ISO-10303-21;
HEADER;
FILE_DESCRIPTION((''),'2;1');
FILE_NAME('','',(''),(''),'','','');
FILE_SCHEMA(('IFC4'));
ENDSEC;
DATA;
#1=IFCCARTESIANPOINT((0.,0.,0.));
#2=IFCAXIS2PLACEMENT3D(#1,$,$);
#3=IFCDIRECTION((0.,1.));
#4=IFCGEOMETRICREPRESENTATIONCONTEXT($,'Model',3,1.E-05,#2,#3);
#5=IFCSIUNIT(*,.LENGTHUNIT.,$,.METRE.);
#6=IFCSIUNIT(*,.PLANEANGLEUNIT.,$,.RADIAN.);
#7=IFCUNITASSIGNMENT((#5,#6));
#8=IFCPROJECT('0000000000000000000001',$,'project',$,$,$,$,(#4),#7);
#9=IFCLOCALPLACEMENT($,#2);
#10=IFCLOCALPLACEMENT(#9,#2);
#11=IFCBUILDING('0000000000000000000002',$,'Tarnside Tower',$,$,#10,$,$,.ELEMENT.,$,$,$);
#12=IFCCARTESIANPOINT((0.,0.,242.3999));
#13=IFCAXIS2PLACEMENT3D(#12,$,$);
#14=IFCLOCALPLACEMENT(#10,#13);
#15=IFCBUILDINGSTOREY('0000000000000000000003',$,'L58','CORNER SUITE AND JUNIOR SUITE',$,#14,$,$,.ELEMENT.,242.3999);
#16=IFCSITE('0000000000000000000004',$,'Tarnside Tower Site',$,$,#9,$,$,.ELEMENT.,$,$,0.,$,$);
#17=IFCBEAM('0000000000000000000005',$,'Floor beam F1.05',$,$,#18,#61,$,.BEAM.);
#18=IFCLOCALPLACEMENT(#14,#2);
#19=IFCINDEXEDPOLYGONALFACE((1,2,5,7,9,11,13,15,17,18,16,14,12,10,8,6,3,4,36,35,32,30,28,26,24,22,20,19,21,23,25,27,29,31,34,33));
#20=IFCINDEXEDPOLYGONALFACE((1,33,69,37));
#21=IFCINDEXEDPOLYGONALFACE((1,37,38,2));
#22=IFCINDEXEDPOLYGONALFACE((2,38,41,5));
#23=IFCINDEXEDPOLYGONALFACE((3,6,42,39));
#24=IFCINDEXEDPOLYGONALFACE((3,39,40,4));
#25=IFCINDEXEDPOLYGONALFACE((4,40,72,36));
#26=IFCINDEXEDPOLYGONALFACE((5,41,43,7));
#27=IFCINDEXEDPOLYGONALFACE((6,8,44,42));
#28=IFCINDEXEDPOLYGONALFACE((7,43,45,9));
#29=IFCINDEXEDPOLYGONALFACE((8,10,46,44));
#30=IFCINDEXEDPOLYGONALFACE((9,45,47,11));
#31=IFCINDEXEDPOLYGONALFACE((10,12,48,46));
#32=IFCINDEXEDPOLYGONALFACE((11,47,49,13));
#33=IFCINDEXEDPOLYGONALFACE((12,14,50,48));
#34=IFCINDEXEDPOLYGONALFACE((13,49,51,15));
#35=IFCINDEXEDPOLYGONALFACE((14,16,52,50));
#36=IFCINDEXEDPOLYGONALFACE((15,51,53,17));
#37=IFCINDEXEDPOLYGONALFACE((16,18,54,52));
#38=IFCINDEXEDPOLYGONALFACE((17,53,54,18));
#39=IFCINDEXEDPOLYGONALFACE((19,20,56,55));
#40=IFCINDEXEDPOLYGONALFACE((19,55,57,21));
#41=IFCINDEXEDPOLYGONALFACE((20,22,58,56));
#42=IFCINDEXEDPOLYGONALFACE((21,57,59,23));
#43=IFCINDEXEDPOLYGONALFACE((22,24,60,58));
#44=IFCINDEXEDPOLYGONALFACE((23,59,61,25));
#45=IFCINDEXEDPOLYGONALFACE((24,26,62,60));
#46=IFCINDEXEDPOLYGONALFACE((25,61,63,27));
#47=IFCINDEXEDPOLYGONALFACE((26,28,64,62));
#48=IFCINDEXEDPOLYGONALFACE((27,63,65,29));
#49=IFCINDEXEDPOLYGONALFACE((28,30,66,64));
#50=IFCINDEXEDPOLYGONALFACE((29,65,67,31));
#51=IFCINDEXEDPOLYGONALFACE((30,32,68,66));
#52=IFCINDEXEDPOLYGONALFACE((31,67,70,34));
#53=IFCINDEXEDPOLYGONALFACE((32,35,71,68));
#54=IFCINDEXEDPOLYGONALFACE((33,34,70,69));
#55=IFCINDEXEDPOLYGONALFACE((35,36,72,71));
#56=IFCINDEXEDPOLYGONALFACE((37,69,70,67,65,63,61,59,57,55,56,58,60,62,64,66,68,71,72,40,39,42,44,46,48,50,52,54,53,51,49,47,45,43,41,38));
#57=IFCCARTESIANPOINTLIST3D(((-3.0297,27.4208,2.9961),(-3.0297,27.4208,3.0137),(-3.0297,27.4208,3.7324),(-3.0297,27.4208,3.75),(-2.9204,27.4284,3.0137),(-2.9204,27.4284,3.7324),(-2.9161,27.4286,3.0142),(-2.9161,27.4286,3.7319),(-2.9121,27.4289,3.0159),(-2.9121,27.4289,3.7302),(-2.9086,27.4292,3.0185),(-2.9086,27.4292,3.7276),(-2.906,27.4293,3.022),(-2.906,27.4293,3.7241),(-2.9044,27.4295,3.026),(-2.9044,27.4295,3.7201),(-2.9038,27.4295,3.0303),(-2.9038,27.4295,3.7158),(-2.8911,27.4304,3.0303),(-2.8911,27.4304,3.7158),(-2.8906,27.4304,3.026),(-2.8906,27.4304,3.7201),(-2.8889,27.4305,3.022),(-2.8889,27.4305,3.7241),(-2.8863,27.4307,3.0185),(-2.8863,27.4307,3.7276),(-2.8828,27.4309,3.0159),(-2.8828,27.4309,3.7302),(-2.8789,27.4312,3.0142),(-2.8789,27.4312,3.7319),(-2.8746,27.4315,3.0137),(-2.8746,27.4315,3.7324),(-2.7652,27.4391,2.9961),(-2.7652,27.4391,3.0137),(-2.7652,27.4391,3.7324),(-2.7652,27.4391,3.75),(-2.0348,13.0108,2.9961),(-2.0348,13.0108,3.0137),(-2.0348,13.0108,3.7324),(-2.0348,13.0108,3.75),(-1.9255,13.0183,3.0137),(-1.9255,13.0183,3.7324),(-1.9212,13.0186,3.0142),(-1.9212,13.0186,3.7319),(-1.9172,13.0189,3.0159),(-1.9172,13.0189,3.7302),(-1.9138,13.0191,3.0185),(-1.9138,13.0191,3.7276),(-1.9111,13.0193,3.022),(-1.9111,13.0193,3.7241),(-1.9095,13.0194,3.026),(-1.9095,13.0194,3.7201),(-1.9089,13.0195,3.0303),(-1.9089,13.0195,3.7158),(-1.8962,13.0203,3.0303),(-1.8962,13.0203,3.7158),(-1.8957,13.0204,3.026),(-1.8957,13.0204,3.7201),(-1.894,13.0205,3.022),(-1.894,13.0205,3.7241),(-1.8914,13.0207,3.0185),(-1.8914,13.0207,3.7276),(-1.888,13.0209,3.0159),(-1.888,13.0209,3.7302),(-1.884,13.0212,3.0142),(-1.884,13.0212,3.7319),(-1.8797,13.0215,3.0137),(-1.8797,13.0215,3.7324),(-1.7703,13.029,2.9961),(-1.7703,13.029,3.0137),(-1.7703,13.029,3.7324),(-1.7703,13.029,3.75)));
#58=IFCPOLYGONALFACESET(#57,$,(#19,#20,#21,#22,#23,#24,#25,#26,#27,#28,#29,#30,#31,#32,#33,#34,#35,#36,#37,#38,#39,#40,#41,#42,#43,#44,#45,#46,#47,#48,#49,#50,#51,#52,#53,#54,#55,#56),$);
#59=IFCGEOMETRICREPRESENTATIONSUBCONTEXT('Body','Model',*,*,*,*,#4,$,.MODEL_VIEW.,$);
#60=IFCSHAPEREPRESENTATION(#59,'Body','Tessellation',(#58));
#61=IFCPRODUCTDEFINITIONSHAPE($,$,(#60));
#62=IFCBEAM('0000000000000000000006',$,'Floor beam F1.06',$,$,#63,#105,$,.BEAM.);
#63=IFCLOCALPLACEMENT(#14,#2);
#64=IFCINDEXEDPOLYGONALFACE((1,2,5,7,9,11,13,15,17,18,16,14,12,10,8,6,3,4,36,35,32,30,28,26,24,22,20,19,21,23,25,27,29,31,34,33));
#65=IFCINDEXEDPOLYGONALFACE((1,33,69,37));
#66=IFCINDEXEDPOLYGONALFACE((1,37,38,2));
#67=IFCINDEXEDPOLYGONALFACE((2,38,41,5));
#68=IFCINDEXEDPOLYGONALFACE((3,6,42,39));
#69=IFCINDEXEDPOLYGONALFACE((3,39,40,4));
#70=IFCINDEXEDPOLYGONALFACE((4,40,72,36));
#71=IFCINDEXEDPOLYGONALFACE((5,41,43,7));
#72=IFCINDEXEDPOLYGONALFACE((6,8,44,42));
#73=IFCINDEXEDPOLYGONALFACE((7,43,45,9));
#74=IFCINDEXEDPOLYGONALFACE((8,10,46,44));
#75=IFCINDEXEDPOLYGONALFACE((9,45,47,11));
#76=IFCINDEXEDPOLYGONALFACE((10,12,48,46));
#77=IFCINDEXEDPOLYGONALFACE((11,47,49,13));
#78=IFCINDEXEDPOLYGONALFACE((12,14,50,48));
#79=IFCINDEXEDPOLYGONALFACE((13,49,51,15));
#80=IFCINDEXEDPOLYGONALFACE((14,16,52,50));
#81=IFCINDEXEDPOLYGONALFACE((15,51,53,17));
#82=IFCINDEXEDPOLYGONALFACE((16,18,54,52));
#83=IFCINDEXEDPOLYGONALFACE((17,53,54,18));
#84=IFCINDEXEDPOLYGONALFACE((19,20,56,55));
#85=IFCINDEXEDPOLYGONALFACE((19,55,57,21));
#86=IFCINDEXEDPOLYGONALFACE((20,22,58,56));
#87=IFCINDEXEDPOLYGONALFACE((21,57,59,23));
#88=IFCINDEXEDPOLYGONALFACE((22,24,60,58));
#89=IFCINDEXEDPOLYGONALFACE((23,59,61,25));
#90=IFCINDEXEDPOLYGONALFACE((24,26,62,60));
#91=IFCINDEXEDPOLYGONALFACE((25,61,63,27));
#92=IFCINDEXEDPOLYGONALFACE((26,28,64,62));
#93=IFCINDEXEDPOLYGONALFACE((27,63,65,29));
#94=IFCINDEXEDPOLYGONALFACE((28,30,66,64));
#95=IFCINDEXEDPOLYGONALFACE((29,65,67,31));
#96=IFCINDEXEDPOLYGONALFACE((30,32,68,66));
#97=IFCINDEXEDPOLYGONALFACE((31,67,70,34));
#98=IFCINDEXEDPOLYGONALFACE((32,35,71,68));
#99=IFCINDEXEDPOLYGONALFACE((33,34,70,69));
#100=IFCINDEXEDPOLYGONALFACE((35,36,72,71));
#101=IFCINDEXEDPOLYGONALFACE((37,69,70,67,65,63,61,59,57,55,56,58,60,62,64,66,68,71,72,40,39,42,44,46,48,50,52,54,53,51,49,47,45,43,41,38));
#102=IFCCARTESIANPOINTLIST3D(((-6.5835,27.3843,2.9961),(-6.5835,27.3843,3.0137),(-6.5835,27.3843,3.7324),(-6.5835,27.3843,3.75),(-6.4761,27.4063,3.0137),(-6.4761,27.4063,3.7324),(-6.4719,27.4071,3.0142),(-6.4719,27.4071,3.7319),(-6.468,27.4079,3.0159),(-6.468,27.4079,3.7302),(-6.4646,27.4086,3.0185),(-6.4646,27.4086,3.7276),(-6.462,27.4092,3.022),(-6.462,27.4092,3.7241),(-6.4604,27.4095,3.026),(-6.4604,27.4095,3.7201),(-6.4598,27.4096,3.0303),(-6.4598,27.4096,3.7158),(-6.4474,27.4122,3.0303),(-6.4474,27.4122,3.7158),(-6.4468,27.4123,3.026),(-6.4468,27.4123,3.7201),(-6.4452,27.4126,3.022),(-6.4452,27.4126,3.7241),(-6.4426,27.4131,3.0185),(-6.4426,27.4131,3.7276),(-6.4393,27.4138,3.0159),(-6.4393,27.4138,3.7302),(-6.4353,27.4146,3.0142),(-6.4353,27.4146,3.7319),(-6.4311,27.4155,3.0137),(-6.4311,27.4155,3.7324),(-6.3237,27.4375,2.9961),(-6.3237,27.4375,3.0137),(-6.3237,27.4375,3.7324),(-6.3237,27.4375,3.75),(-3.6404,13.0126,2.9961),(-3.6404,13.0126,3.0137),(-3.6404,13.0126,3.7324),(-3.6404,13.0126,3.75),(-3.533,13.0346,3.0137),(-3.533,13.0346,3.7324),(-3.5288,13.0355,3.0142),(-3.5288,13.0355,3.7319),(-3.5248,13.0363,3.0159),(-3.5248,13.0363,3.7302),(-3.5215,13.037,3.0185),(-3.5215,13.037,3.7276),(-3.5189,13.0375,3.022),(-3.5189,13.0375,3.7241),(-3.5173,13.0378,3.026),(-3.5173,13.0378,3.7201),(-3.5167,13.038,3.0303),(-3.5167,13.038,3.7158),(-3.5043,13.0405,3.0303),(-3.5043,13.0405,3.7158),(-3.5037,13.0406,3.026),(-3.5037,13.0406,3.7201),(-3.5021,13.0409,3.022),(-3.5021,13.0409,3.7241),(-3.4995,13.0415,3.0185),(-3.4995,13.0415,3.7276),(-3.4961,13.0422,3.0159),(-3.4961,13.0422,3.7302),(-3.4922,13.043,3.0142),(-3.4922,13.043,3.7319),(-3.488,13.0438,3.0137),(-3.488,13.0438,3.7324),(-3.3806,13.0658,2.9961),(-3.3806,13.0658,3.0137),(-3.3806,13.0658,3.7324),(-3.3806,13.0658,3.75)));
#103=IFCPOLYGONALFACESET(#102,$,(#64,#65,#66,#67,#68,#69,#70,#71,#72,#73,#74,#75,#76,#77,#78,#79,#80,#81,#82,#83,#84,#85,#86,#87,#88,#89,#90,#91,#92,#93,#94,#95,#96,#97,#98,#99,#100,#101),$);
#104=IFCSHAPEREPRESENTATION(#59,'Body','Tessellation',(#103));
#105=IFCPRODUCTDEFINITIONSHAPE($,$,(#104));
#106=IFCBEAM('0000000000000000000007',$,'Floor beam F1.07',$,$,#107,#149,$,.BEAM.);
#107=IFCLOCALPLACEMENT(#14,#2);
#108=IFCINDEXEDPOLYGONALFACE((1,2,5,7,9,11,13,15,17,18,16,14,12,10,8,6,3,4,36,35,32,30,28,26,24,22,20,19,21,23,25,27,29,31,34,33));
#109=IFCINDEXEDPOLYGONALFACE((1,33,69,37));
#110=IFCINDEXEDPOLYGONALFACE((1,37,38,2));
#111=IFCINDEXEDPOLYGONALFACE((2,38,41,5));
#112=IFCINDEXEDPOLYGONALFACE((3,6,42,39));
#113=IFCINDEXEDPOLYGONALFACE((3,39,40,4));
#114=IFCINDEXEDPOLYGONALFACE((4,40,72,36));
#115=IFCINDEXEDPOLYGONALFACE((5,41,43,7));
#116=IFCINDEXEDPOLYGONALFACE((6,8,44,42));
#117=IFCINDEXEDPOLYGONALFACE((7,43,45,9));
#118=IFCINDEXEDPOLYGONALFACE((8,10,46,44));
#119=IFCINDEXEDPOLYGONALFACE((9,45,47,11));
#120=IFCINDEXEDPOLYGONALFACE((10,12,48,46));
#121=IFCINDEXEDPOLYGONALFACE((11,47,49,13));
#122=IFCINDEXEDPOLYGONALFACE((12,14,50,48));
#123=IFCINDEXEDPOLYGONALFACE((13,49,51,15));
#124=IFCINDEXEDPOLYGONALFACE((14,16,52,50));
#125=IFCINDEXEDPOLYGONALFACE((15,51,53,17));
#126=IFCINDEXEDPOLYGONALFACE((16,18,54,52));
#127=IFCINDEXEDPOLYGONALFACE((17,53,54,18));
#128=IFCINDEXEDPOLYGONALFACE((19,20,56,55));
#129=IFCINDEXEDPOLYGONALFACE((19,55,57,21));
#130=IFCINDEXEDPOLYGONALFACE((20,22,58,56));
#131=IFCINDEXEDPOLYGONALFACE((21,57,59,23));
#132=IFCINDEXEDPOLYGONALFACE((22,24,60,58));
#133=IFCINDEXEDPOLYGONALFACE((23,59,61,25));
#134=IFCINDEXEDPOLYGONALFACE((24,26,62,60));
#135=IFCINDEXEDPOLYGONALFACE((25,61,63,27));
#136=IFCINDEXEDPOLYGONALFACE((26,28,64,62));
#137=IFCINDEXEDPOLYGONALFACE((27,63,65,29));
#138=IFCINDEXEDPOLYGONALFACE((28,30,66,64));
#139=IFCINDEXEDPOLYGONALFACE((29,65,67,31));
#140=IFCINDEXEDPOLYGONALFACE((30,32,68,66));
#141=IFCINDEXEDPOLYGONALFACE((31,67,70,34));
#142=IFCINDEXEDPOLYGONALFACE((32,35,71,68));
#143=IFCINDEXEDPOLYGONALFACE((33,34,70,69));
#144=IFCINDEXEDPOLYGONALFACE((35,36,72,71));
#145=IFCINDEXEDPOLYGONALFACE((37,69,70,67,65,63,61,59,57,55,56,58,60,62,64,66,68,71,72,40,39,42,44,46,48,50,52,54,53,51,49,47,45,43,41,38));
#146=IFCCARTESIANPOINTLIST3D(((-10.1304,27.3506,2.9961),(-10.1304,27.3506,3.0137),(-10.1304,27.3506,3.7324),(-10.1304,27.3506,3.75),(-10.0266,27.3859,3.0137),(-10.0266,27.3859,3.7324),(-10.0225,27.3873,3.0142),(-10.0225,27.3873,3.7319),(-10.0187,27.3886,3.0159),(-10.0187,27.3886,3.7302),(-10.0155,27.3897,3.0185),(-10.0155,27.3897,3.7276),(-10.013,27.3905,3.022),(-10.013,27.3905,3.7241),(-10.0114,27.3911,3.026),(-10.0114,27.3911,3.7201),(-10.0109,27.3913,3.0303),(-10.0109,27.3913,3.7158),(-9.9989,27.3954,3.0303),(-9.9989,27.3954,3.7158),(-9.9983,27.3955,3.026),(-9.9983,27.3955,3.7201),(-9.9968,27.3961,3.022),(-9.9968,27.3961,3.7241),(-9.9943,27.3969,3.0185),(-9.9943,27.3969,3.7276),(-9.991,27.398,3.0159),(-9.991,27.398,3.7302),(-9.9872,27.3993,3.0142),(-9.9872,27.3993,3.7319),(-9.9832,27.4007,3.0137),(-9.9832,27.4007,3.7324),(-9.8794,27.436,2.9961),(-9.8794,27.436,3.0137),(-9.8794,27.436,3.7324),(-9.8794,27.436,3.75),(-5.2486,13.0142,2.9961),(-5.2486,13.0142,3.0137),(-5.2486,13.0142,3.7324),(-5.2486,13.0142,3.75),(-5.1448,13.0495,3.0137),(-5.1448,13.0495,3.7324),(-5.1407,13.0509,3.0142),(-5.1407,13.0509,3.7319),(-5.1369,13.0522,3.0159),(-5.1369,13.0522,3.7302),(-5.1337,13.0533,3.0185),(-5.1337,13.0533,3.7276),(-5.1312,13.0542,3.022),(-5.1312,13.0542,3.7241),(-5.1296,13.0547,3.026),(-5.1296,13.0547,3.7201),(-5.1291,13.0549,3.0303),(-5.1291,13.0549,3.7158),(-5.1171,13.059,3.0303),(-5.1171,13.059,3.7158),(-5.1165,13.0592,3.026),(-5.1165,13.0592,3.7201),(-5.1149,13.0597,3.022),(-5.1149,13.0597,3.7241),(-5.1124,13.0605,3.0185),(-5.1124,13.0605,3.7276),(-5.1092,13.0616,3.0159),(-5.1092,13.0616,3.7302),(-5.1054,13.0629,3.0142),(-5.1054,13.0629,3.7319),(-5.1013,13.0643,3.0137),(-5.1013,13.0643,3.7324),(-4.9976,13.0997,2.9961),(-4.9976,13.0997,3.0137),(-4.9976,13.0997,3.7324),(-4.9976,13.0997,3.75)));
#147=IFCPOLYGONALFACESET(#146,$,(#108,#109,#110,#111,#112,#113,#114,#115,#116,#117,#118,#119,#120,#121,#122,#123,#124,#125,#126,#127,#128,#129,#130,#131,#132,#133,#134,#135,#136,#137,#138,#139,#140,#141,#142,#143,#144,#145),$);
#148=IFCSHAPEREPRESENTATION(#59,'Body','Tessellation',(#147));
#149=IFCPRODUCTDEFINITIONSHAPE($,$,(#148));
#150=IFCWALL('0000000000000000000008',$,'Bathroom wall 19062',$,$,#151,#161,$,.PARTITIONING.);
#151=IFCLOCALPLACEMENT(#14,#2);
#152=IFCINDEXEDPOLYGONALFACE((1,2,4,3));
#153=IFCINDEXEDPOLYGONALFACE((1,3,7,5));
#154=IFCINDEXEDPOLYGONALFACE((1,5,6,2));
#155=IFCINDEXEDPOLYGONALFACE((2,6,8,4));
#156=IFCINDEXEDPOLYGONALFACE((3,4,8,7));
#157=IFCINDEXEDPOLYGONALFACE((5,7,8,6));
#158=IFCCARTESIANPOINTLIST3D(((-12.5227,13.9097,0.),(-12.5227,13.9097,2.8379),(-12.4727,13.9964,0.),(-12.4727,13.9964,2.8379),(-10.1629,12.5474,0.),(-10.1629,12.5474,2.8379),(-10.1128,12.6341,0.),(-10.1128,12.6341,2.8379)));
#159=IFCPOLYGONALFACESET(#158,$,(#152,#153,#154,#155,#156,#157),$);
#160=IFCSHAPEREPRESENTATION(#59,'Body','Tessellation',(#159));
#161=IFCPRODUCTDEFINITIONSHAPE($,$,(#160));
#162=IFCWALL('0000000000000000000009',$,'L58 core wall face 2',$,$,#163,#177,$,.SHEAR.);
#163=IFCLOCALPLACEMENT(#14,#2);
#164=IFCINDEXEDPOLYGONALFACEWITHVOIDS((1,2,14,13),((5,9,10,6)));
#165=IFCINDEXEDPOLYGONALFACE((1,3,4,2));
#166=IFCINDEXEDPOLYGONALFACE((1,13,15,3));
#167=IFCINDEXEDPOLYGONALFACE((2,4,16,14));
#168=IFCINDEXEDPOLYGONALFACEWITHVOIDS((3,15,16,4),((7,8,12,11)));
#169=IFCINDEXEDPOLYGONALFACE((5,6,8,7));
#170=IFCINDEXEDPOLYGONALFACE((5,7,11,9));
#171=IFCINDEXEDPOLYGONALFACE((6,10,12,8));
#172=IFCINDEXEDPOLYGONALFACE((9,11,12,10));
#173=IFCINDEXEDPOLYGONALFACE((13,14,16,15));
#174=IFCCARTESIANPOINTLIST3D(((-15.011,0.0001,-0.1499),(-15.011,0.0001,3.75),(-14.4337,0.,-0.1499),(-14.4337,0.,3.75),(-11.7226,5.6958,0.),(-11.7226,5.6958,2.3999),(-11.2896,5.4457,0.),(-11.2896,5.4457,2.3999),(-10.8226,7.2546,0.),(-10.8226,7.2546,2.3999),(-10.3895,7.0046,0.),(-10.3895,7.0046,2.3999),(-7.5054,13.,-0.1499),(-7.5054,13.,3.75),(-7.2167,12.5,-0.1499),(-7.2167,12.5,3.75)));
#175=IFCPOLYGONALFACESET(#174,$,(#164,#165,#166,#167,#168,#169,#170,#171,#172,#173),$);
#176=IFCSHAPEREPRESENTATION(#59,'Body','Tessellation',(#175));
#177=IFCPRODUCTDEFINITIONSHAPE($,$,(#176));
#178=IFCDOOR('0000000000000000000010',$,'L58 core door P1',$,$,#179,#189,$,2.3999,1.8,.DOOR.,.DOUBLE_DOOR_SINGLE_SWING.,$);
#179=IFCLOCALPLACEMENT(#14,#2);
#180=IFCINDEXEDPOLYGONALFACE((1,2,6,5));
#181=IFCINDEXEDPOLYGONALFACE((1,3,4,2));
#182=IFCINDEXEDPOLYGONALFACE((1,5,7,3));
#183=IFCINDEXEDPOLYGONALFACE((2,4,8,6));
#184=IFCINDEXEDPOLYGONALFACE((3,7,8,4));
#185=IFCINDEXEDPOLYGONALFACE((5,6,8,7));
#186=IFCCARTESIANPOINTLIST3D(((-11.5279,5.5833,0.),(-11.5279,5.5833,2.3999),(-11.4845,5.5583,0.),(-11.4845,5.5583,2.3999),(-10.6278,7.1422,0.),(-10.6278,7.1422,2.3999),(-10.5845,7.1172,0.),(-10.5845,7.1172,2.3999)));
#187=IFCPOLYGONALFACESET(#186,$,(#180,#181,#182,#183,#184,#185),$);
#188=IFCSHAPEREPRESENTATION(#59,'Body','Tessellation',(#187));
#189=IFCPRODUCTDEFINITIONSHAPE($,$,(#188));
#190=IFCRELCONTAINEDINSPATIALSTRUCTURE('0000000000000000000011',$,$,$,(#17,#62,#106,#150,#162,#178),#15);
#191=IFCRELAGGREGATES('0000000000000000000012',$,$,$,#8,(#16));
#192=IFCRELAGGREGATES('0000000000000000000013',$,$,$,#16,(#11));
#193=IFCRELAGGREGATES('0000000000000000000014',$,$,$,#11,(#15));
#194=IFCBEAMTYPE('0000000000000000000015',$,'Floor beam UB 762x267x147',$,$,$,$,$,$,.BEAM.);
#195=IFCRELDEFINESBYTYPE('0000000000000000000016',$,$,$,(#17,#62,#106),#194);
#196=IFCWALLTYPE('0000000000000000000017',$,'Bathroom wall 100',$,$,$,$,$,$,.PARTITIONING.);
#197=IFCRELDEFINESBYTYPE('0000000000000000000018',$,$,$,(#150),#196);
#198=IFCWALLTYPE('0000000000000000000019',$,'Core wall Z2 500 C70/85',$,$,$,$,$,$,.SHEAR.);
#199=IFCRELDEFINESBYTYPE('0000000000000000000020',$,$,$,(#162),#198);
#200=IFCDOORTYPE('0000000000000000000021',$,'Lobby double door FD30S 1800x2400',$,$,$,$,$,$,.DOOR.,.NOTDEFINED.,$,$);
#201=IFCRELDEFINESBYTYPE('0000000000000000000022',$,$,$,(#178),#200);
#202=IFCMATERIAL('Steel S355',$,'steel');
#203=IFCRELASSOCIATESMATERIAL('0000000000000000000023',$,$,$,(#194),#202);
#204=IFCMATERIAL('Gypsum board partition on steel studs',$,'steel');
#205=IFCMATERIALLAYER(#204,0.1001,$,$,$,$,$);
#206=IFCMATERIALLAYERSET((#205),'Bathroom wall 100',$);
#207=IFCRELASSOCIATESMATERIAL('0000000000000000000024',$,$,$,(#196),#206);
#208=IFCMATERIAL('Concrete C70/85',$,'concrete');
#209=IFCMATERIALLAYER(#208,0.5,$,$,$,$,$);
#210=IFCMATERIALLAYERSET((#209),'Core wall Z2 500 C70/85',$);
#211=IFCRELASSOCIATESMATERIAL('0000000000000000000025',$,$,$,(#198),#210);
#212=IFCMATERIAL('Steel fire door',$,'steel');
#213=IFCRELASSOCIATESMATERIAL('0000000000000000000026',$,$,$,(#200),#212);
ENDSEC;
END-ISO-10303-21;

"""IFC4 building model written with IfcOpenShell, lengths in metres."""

from ifc_helpers import new_model, si_unit, direction, frame, frame_2d, origin, origin_2d, place, context, subcontext, project, spatial, polyline, rectangle, i_section, outline, extrude, material, layer, layer_set, material_profile, profile_set, type_object, element, fill, save


model = new_model("IFC4")

# Units and contexts
model_context = context("Model", 3, precision=1e-05, world=origin(), true_north=direction((0.0, 1.0)))
body_context = subcontext(model_context, "Body", "Model", "MODEL_VIEW")
ifc_project = project(units=[si_unit("LENGTHUNIT", "METRE"), si_unit("PLANEANGLEUNIT", "RADIAN")], contexts=[model_context])

# Site, building, storey
site_placement = place(None, origin())
site = spatial("IfcSite", under=ifc_project, at=site_placement, Name="Tarnside Tower Site", CompositionType="ELEMENT", RefElevation=0.0)
building_placement = place(site_placement, origin())
building = spatial("IfcBuilding", under=site, at=building_placement, Name="Tarnside Tower", CompositionType="ELEMENT")
storey_placement = place(building_placement, frame((0.0, 0.0, 242.3999)))
storey = spatial("IfcBuildingStorey", under=building, at=storey_placement, Name="L58", Description="CORNER SUITE AND JUNIOR SUITE", CompositionType="ELEMENT", Elevation=242.3999)

# Beams
ifc_material_1 = material(Name="Steel S355", Category="steel")
ifc_material_profile = material_profile(ifc_material_1, i_section(OverallWidth=0.2651, OverallDepth=0.7539, WebThickness=0.0127, FlangeThickness=0.0176, FilletRadius=0.0166, at=origin_2d()), Name="UB 762x267x147")
ifc_profile_set = profile_set([ifc_material_profile], Name="Steel S355")
beam_type = type_object("IfcBeamType", Name="Floor beam UB 762x267x147", PredefinedType="BEAM", material=ifc_profile_set)
beam_1_placement = place(storey_placement, frame((-2.8975, 27.4299, 3.373), z_axis=(0.068877, -0.997625, 0.0), x_axis=(0.997625, 0.068877, 0.0)))
element("IfcBeam", 1, at=beam_1_placement, inside=storey, type_object=beam_type, Name="Floor beam F1.05", PredefinedType="BEAM", context=body_context, shape_type="SweptSolid", body=[
    extrude(i_section(OverallWidth=0.2651, OverallDepth=0.7539, WebThickness=0.0127, FlangeThickness=0.0176, FilletRadius=0.0166, at=origin_2d()), origin(), (0.0, 0.0, 1.0), 14.4443),
])
beam_2_placement = place(storey_placement, frame((-6.4536, 27.4109, 3.373), z_axis=(0.200623, -0.979668, 0.0), x_axis=(0.979668, 0.200623, 0.0)))
element("IfcBeam", 2, at=beam_2_placement, inside=storey, type_object=beam_type, Name="Floor beam F1.06", PredefinedType="BEAM", context=body_context, shape_type="SweptSolid", body=[
    extrude(i_section(OverallWidth=0.2651, OverallDepth=0.7539, WebThickness=0.0127, FlangeThickness=0.0176, FilletRadius=0.0166, at=origin_2d()), origin(), (0.0, 0.0, 1.0), 14.6699),
])
beam_3_placement = place(storey_placement, frame((-10.0049, 27.3933, 3.373), z_axis=(0.322344, -0.946623, 0.0), x_axis=(0.946623, 0.322344, 0.0)))
element("IfcBeam", 3, at=beam_3_placement, inside=storey, type_object=beam_type, Name="Floor beam F1.07", PredefinedType="BEAM", context=body_context, shape_type="SweptSolid", body=[
    extrude(i_section(OverallWidth=0.2651, OverallDepth=0.7539, WebThickness=0.0127, FlangeThickness=0.0176, FilletRadius=0.0166, at=origin_2d()), origin(), (0.0, 0.0, 1.0), 15.1448),
])

# Wall
ifc_material_2 = material(Name="Gypsum board partition on steel studs", Category="steel")
ifc_layer_1 = layer(ifc_material_2, 0.1001)
ifc_layer_set_1 = layer_set([ifc_layer_1], Name="Bathroom wall 100")
wall_type_1 = type_object("IfcWallType", Name="Bathroom wall 100", PredefinedType="PARTITIONING", material=ifc_layer_set_1)
wall_1_placement = place(storey_placement, frame((-10.1379, 12.5908, 0.0), z_axis=(0.0, 0.0, 1.0), x_axis=(-0.866051, 0.499955, 0.0)))
element("IfcWall", 4, at=wall_1_placement, inside=storey, type_object=wall_type_1, Name="Bathroom wall 19062", PredefinedType="PARTITIONING", context=body_context, shape_type="SweptSolid", body=[
    extrude(rectangle(XDim=2.7249, YDim=0.1001, at=frame_2d((1.3623, 0.0))), origin(), (0.0, 0.0, 1.0), 2.8379),
])

# Wall, opening, door
ifc_material_3 = material(Name="Concrete C70/85", Category="concrete")
ifc_layer_2 = layer(ifc_material_3, 0.5)
ifc_layer_set_2 = layer_set([ifc_layer_2], Name="Core wall Z2 500 C70/85")
wall_type_2 = type_object("IfcWallType", Name="Core wall Z2 500 C70/85", PredefinedType="SHEAR", material=ifc_layer_set_2)
wall_2_placement = place(storey_placement, frame((-7.3611, 12.75, -0.1499), z_axis=(0.0, 0.0, 1.0), x_axis=(-0.500006, -0.866022, 0.0)))
wall_2 = element("IfcWall", 5, at=wall_2_placement, inside=storey, type_object=wall_type_2, Name="L58 core wall face 2", PredefinedType="SHEAR", context=body_context, shape_type="SweptSolid", body=[
    extrude(outline(polyline([(-0.1443, -0.25), (14.8667, -0.25), (14.5781, 0.25), (0.1443, 0.25), (-0.1443, -0.25)])), origin(), (0.0, 0.0, 1.0), 3.8999),
])
opening_1_placement = place(wall_2_placement, frame((6.49, 0.0, 0.1499)))
opening_1 = element("IfcOpeningElement", 6, at=opening_1_placement, cuts=wall_2, PredefinedType="OPENING", context=body_context, shape_type="SweptSolid", body=[
    extrude(rectangle(XDim=1.8, YDim=2.3999, at=frame_2d((0.8999, 1.2))), frame((0.0, 0.26, 0.0), z_axis=(0.0, -1.0, 0.0), x_axis=(1.0, 0.0, 0.0)), (0.0, 0.0, 1.0), 0.52),
])
ifc_material_4 = material(Name="Steel fire door", Category="steel")
door_type_1 = type_object("IfcDoorType", Name="Lobby double door FD30S 1800x2400", OperationType="NOTDEFINED", PredefinedType="DOOR", material=ifc_material_4)
door_1_placement = place(opening_1_placement, origin())
door_1 = element("IfcDoor", 7, at=door_1_placement, inside=storey, type_object=door_type_1, Name="L58 core door P1", OperationType="DOUBLE_DOOR_SINGLE_SWING", OverallHeight=2.3999, OverallWidth=1.8, PredefinedType="DOOR", context=body_context, shape_type="SweptSolid", body=[
    extrude(rectangle(XDim=1.8, YDim=2.3999, at=frame_2d((0.8999, 1.2))), frame((0.0, 0.0249, 0.0), z_axis=(0.0, -1.0, 0.0), x_axis=(1.0, 0.0, 0.0)), (0.0, 0.0, 1.0), 0.05),
])
fill(opening_1, door_1)

save(model, "model.ifc")
